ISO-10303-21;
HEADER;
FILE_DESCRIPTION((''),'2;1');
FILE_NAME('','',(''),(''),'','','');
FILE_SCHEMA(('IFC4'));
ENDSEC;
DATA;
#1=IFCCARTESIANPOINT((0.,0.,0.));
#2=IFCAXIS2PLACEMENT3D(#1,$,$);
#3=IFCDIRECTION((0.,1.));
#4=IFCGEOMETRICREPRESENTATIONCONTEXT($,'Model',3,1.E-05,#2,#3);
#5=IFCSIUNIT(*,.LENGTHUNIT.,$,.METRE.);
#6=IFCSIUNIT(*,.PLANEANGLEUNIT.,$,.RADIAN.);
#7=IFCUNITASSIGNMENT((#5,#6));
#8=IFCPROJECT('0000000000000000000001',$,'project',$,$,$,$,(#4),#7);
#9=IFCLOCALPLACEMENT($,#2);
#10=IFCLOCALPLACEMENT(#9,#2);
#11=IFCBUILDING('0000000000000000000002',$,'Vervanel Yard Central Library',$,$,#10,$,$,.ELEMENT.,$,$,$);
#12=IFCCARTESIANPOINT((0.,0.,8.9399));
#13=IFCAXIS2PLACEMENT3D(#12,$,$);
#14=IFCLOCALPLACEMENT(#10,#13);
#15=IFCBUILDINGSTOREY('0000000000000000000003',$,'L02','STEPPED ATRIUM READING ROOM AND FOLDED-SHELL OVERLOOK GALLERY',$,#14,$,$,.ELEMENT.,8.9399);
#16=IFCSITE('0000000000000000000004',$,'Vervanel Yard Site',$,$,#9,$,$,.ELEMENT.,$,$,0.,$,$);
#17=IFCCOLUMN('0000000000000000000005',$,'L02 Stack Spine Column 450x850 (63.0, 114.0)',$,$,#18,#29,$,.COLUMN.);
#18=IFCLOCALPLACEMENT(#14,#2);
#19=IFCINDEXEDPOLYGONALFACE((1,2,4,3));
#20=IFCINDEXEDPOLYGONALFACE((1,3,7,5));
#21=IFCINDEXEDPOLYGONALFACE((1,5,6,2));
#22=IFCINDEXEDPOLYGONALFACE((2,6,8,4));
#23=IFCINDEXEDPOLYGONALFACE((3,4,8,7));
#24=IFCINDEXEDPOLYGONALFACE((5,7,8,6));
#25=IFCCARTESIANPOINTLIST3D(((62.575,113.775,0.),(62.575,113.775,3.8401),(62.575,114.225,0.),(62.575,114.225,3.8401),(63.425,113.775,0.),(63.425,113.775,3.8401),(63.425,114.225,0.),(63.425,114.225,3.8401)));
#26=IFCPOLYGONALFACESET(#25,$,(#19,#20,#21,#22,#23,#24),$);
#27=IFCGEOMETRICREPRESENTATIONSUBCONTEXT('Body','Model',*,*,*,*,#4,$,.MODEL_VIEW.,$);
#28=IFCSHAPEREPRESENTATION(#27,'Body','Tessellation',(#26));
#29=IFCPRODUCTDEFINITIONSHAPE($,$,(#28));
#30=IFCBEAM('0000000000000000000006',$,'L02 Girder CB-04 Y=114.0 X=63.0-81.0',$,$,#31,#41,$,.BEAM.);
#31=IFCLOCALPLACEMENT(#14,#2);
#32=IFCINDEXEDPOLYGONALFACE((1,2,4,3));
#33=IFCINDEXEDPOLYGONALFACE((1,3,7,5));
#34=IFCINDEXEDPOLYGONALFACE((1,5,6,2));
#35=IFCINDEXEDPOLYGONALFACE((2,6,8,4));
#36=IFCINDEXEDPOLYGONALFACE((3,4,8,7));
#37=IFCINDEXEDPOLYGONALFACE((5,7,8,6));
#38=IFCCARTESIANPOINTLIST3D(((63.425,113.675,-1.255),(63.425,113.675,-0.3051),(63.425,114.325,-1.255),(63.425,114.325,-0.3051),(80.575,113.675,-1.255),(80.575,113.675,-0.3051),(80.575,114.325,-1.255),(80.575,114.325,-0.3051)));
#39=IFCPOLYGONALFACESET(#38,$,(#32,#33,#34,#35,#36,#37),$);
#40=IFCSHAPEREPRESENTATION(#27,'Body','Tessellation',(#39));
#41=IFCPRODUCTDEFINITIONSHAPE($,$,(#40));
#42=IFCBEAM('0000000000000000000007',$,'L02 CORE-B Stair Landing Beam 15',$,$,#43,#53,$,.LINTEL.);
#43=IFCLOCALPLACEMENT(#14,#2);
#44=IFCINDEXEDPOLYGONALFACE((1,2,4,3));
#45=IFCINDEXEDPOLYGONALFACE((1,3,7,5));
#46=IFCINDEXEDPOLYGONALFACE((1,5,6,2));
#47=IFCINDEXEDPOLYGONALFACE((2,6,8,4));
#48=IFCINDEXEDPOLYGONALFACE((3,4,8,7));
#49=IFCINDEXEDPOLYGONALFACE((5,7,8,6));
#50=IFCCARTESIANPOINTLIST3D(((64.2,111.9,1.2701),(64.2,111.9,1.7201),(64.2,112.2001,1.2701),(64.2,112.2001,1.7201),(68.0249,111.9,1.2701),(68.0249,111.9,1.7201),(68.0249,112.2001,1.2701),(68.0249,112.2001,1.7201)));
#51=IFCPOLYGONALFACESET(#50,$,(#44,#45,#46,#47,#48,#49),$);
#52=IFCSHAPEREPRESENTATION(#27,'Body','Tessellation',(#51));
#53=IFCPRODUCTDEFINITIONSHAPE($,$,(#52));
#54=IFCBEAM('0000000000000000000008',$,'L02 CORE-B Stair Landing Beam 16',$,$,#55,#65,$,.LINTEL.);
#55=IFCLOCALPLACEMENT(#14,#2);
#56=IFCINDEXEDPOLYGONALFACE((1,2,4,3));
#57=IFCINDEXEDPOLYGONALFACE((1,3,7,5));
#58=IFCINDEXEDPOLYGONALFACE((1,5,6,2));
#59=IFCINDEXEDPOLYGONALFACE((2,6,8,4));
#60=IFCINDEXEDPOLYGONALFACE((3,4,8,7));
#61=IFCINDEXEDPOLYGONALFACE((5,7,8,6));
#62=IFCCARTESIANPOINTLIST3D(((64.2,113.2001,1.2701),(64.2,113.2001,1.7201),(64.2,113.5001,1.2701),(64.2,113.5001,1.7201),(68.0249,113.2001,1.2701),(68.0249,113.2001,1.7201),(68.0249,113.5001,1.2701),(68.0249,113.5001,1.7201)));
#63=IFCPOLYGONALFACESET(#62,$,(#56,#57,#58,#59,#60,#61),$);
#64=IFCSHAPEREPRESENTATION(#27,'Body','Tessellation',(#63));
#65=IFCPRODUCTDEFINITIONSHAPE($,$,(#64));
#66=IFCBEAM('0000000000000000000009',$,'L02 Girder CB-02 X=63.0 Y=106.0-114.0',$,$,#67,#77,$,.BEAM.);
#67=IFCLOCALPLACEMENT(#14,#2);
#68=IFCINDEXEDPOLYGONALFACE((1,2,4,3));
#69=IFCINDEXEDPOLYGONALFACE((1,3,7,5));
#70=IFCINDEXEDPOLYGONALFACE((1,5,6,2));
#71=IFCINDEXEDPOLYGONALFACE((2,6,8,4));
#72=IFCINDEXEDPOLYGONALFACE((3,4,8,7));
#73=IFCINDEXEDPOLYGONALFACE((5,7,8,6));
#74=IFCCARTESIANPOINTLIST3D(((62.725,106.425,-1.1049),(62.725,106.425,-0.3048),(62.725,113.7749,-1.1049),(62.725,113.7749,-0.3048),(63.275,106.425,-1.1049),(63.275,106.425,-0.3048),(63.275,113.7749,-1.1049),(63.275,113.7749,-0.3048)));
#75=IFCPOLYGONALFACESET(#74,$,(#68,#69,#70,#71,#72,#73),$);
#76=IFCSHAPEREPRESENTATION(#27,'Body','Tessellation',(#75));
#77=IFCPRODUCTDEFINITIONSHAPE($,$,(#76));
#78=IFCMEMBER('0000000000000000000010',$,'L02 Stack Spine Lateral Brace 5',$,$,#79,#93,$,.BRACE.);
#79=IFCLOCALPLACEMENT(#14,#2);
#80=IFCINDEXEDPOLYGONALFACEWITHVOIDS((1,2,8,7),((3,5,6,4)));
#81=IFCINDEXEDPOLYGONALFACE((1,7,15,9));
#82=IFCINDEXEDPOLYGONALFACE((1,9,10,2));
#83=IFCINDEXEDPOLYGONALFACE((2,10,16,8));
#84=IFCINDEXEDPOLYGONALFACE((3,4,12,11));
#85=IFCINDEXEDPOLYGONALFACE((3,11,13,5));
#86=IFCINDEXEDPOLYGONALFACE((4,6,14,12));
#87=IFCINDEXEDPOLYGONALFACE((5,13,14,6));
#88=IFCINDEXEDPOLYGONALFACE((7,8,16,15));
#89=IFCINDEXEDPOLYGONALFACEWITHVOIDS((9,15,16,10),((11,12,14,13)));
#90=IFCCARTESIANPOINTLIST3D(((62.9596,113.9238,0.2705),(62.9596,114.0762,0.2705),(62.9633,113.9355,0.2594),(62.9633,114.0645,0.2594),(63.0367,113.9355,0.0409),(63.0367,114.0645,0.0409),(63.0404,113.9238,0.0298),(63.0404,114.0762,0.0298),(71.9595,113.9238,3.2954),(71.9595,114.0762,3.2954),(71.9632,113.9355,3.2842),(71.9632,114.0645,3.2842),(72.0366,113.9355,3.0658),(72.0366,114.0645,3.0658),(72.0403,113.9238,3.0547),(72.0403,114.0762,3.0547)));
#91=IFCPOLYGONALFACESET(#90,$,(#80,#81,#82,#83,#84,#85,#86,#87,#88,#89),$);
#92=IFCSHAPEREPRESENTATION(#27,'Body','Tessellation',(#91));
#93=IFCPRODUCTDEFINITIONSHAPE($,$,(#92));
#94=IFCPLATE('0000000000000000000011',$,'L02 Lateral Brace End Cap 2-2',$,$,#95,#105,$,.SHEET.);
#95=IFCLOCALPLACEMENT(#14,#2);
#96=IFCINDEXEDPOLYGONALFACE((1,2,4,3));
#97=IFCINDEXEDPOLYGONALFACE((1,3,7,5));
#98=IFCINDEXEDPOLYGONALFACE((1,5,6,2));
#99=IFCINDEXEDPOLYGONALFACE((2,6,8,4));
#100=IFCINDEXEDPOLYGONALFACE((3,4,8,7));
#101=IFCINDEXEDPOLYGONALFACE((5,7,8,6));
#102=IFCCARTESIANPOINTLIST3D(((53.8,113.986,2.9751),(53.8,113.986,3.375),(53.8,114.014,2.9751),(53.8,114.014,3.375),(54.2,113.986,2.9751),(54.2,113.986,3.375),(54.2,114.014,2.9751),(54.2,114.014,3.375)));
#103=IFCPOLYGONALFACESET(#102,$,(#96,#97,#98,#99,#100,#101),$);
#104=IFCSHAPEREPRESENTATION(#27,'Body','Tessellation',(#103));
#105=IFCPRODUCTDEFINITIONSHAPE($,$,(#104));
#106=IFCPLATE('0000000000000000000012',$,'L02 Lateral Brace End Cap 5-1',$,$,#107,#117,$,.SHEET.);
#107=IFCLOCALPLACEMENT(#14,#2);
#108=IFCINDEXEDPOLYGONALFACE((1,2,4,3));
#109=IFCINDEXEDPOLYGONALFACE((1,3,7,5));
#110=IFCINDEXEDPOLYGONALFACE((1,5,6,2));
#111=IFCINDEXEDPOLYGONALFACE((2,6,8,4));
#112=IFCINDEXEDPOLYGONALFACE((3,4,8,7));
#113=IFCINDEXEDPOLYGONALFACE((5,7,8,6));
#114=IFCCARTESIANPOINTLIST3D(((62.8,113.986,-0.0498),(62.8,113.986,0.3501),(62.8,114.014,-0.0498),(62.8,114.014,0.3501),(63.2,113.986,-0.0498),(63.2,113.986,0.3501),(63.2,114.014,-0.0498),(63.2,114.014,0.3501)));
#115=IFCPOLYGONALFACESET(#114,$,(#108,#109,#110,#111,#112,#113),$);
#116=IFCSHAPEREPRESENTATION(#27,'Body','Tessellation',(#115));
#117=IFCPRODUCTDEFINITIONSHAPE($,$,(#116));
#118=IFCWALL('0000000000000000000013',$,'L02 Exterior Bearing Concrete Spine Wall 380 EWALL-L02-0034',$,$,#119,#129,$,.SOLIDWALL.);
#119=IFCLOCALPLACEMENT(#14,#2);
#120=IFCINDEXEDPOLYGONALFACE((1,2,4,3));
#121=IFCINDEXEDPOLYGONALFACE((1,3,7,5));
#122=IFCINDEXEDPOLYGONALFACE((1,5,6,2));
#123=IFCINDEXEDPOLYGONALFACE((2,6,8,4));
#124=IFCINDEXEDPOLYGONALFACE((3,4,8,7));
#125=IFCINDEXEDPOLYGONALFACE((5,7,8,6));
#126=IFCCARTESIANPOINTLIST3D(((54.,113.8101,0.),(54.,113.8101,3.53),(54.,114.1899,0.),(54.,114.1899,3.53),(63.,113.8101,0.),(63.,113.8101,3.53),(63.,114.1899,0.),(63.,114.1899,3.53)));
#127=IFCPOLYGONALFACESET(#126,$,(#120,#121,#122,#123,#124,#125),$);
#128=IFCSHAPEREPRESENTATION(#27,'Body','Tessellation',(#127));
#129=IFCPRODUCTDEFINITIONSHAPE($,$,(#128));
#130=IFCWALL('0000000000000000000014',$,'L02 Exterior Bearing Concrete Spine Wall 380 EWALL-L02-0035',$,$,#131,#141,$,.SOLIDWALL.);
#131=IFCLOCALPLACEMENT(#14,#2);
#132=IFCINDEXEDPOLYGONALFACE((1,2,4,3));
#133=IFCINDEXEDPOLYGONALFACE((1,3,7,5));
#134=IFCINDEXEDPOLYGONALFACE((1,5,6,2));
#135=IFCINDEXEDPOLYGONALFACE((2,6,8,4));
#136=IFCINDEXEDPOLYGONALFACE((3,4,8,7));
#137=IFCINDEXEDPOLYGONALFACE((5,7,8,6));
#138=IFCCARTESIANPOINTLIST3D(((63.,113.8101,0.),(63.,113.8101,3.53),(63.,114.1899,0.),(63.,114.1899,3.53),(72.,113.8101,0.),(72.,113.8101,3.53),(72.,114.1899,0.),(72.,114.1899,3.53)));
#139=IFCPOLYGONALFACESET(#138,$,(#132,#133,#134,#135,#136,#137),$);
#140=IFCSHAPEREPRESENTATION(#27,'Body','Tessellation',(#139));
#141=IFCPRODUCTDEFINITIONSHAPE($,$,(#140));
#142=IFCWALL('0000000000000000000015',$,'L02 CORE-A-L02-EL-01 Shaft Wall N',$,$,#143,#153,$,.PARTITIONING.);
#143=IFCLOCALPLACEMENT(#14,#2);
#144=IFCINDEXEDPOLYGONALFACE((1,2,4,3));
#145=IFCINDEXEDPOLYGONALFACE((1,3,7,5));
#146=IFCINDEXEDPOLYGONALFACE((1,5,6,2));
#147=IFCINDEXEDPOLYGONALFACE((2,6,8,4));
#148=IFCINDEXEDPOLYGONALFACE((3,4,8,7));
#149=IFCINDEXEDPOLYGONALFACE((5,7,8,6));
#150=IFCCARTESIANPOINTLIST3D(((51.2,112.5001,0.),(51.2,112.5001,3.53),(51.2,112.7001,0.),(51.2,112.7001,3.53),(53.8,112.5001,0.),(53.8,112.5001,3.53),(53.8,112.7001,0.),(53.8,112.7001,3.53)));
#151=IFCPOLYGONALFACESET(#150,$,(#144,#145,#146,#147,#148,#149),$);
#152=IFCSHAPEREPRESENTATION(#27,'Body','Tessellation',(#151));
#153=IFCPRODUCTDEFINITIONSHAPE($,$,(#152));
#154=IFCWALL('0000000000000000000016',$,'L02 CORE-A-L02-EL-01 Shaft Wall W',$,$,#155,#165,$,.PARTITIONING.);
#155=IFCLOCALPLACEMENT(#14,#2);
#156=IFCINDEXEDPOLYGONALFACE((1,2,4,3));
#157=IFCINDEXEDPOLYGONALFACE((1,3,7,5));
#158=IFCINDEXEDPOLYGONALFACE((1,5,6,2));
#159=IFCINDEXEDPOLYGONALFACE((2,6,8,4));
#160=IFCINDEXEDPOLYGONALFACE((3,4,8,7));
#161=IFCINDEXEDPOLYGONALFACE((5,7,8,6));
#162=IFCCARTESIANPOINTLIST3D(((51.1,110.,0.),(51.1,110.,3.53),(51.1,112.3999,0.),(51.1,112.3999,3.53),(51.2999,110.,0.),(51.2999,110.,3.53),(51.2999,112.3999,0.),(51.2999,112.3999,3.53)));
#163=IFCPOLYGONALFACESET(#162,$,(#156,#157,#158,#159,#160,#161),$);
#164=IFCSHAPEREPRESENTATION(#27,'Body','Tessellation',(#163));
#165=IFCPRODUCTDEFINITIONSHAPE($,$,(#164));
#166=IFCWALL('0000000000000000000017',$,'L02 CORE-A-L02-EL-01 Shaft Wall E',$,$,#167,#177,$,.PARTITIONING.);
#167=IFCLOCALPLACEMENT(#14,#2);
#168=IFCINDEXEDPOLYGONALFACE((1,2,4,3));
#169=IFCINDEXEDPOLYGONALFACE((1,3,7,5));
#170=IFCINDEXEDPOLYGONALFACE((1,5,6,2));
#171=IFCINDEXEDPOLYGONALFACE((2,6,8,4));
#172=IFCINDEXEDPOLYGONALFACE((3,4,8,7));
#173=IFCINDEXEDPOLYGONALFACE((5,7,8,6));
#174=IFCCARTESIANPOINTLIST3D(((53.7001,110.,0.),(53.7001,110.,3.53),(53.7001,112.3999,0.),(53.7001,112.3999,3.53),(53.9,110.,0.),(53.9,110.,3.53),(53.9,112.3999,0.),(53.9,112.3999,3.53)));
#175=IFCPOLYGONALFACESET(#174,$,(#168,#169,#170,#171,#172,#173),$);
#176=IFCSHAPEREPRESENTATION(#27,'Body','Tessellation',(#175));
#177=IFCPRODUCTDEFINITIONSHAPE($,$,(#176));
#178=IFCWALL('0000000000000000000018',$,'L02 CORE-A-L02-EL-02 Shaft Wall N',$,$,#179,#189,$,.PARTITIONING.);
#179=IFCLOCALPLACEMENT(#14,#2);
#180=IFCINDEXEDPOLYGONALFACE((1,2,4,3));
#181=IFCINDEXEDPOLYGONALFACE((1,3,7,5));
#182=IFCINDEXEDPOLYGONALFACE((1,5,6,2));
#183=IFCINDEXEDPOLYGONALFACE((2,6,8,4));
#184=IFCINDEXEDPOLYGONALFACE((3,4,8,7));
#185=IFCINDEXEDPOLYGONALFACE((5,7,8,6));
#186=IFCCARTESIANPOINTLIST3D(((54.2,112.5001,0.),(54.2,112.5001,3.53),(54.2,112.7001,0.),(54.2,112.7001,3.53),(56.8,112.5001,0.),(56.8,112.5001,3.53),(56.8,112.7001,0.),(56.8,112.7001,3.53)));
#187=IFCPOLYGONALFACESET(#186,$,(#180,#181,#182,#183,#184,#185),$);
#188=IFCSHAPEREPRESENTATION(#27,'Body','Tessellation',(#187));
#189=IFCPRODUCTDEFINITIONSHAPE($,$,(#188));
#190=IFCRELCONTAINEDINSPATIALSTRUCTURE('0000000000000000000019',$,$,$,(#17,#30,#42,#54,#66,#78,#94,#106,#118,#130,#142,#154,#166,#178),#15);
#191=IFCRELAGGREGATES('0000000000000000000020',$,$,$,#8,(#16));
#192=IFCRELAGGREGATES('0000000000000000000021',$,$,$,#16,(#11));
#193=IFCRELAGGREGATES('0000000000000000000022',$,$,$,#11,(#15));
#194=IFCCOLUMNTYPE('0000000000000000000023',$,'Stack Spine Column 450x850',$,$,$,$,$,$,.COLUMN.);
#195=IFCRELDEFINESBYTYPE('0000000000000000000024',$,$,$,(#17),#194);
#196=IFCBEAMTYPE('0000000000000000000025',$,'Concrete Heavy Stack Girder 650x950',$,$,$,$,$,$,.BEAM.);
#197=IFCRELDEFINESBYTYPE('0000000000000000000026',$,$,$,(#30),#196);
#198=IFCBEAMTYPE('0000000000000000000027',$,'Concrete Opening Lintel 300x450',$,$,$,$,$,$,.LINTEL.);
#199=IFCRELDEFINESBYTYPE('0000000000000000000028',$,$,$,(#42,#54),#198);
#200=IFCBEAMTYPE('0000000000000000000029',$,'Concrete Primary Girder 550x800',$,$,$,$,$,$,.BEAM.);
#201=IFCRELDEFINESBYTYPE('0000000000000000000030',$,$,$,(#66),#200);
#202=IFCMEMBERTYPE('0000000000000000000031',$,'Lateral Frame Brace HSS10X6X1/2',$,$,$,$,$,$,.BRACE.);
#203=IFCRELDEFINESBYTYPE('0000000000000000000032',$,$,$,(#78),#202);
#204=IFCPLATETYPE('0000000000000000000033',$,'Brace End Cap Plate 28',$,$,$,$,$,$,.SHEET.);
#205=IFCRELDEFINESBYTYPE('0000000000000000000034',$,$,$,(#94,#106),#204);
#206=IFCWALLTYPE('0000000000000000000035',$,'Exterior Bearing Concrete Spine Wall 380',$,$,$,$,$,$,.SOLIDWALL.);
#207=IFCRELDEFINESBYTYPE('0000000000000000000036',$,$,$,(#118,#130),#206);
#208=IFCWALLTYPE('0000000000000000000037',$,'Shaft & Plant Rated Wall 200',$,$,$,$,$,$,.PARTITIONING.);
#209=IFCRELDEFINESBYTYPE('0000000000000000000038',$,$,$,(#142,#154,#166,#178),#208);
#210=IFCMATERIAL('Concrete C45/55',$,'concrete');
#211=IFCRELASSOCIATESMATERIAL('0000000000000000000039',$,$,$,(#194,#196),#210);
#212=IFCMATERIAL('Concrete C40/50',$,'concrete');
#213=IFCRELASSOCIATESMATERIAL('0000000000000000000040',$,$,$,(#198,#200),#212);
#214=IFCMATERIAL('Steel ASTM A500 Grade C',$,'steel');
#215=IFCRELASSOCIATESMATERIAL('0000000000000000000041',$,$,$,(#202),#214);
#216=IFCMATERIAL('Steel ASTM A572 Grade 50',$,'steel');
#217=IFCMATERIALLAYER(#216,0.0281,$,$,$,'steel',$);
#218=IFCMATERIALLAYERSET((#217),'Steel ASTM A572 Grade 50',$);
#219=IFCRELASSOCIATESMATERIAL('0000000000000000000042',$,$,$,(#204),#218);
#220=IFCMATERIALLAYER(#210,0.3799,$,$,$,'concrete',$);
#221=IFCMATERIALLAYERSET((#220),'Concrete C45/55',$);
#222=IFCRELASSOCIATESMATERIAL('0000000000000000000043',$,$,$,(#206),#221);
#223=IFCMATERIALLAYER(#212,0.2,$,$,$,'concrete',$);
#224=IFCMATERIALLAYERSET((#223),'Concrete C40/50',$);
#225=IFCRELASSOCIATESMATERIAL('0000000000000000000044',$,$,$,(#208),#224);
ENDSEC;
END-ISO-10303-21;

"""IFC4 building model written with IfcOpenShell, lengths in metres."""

from ifc_helpers import new_model, si_unit, direction, frame, frame_2d, origin, origin_2d, place, context, subcontext, project, spatial, rectangle, hollow_rectangle, extrude, material, layer, layer_set, material_profile, profile_set, type_object, element, save


model = new_model("IFC4")

# Units and contexts
model_context = context("Model", 3, precision=1e-05, world=origin(), true_north=direction((0.0, 1.0)))
body_context = subcontext(model_context, "Body", "Model", "MODEL_VIEW")
ifc_project = project(units=[si_unit("LENGTHUNIT", "METRE"), si_unit("PLANEANGLEUNIT", "RADIAN")], contexts=[model_context])

# Site, building, storey
site_placement = place(None, origin())
site = spatial("IfcSite", under=ifc_project, at=site_placement, Name="Vervanel Yard Site", CompositionType="ELEMENT", RefElevation=0.0)
building_placement = place(site_placement, origin())
building = spatial("IfcBuilding", under=site, at=building_placement, Name="Vervanel Yard Central Library", CompositionType="ELEMENT")
storey_placement = place(building_placement, frame((0.0, 0.0, 8.9399)))
storey = spatial("IfcBuildingStorey", under=building, at=storey_placement, Name="L02", Description="STEPPED ATRIUM READING ROOM AND FOLDED-SHELL OVERLOOK GALLERY", CompositionType="ELEMENT", Elevation=8.9399)

# Column
ifc_material_1 = material(Name="Concrete C45/55", Category="concrete")
ifc_material_profile_1 = material_profile(ifc_material_1, rectangle(XDim=0.45, YDim=0.8501, at=origin_2d()), Name="RC 450x850", Category="concrete")
ifc_profile_set_1 = profile_set([ifc_material_profile_1], Name="Concrete C45/55")
column_type = type_object("IfcColumnType", Name="Stack Spine Column 450x850", PredefinedType="COLUMN", material=ifc_profile_set_1)
column_placement = place(storey_placement, frame((63.0, 114.0, 0.0), z_axis=(0.0, 0.0, 1.0), x_axis=(0.0, 1.0, 0.0)))
element("IfcColumn", 1, at=column_placement, inside=storey, type_object=column_type, Name="L02 Stack Spine Column 450x850 (63.0, 114.0)", PredefinedType="COLUMN", context=body_context, shape_type="SweptSolid", body=[
    extrude(rectangle(XDim=0.45, YDim=0.8501, at=origin_2d()), origin(), (0.0, 0.0, 1.0), 3.8401),
])

# Beams
ifc_material_profile_2 = material_profile(ifc_material_1, rectangle(XDim=0.6499, YDim=0.95, at=origin_2d()), Name="RC 650x950", Category="concrete")
ifc_profile_set_2 = profile_set([ifc_material_profile_2], Name="Concrete C45/55")
beam_type_1 = type_object("IfcBeamType", Name="Concrete Heavy Stack Girder 650x950", PredefinedType="BEAM", material=ifc_profile_set_2)
beam_1_placement = place(storey_placement, frame((63.425, 114.0, -0.78), z_axis=(1.0, 0.0, 0.0), x_axis=(0.0, 1.0, 0.0)))
element("IfcBeam", 2, at=beam_1_placement, inside=storey, type_object=beam_type_1, Name="L02 Girder CB-04 Y=114.0 X=63.0-81.0", PredefinedType="BEAM", context=body_context, shape_type="SweptSolid", body=[
    extrude(rectangle(XDim=0.6499, YDim=0.95, at=origin_2d()), origin(), (0.0, 0.0, 1.0), 17.1499),
])
ifc_material_2 = material(Name="Concrete C40/50", Category="concrete")
ifc_material_profile_3 = material_profile(ifc_material_2, rectangle(XDim=0.3, YDim=0.45, at=origin_2d()), Name="RC 300x450", Category="concrete")
ifc_profile_set_3 = profile_set([ifc_material_profile_3], Name="Concrete C40/50")
beam_type_2 = type_object("IfcBeamType", Name="Concrete Opening Lintel 300x450", PredefinedType="LINTEL", material=ifc_profile_set_3)
for number, where, z_axis, x_axis, name in (
    (3, (64.2, 112.05, 1.4951), (1.0, 0.0, 0.0), (0.0, 1.0, 0.0), "L02 CORE-B Stair Landing Beam 15"),
    (4, (64.2, 113.3501, 1.4951), (1.0, 0.0, 0.0), (0.0, 1.0, 0.0), "L02 CORE-B Stair Landing Beam 16"),
):
    element("IfcBeam", number, at=place(storey_placement, frame(where, z_axis=z_axis, x_axis=x_axis)), inside=storey, type_object=beam_type_2, Name=name, PredefinedType="LINTEL", context=body_context, shape_type="SweptSolid", body=[
        extrude(rectangle(XDim=0.3, YDim=0.45, at=origin_2d()), origin(), (0.0, 0.0, 1.0), 3.825),
    ])
ifc_material_profile_4 = material_profile(ifc_material_2, rectangle(XDim=0.55, YDim=0.8, at=origin_2d()), Name="RC 550x800", Category="concrete")
ifc_profile_set_4 = profile_set([ifc_material_profile_4], Name="Concrete C40/50")
beam_type_3 = type_object("IfcBeamType", Name="Concrete Primary Girder 550x800", PredefinedType="BEAM", material=ifc_profile_set_4)
beam_2_placement = place(storey_placement, frame((63.0, 106.425, -0.7048), z_axis=(0.0, 1.0, 0.0), x_axis=(-1.0, 0.0, 0.0)))
element("IfcBeam", 5, at=beam_2_placement, inside=storey, type_object=beam_type_3, Name="L02 Girder CB-02 X=63.0 Y=106.0-114.0", PredefinedType="BEAM", context=body_context, shape_type="SweptSolid", body=[
    extrude(rectangle(XDim=0.55, YDim=0.8, at=origin_2d()), origin(), (0.0, 0.0, 1.0), 7.3499),
])

# Member
ifc_material_3 = material(Name="Steel ASTM A500 Grade C", Category="steel")
ifc_material_profile_5 = material_profile(ifc_material_3, hollow_rectangle(XDim=0.1523, YDim=0.2539, WallThickness=0.0117, at=origin_2d()), Name="HSS10X6X1/2", Category="steel")
ifc_profile_set_5 = profile_set([ifc_material_profile_5], Name="Steel ASTM A500 Grade C")
member_type = type_object("IfcMemberType", Name="Lateral Frame Brace HSS10X6X1/2", PredefinedType="BRACE", material=ifc_profile_set_5)
member_placement = place(storey_placement, frame((63.0, 114.0, 0.1501), z_axis=(0.947894, 0.0, 0.318587), x_axis=(0.0, 1.0, 0.0)))
element("IfcMember", 6, at=member_placement, inside=storey, type_object=member_type, Name="L02 Stack Spine Lateral Brace 5", PredefinedType="BRACE", context=body_context, shape_type="SweptSolid", body=[
    extrude(hollow_rectangle(XDim=0.1523, YDim=0.2539, WallThickness=0.0117, at=origin_2d()), origin(), (0.0, 0.0, 1.0), 9.4946),
])

# Plates
ifc_material_4 = material(Name="Steel ASTM A572 Grade 50", Category="steel")
ifc_layer_1 = layer(ifc_material_4, 0.0281, Category="steel")
ifc_layer_set_1 = layer_set([ifc_layer_1], Name="Steel ASTM A572 Grade 50")
plate_type = type_object("IfcPlateType", Name="Brace End Cap Plate 28", PredefinedType="SHEET", material=ifc_layer_set_1)
for number, where, z_axis, x_axis, name in (
    (7, (54.0, 114.0, 2.9751), (0.0, 0.0, 1.0), (1.0, 0.0, 0.0), "L02 Lateral Brace End Cap 2-2"),
    (8, (63.0, 114.0, -0.0498), (0.0, 0.0, 1.0), (1.0, 0.0, 0.0), "L02 Lateral Brace End Cap 5-1"),
):
    element("IfcPlate", number, at=place(storey_placement, frame(where, z_axis=z_axis, x_axis=x_axis)), inside=storey, type_object=plate_type, Name=name, PredefinedType="SHEET", context=body_context, shape_type="SweptSolid", body=[
        extrude(rectangle(XDim=0.3999, YDim=0.0281, at=origin_2d()), origin(), (0.0, 0.0, 1.0), 0.3999),
    ])

# Walls
ifc_layer_2 = layer(ifc_material_1, 0.3799, Category="concrete")
ifc_layer_set_2 = layer_set([ifc_layer_2], Name="Concrete C45/55")
wall_type_1 = type_object("IfcWallType", Name="Exterior Bearing Concrete Spine Wall 380", PredefinedType="SOLIDWALL", material=ifc_layer_set_2)
for number, where, z_axis, x_axis, name in (
    (9, (54.0, 114.0, 0.0), (0.0, 0.0, 1.0), (1.0, 0.0, 0.0), "L02 Exterior Bearing Concrete Spine Wall 380 EWALL-L02-0034"),
    (10, (63.0, 114.0, 0.0), (0.0, 0.0, 1.0), (1.0, 0.0, 0.0), "L02 Exterior Bearing Concrete Spine Wall 380 EWALL-L02-0035"),
):
    element("IfcWall", number, at=place(storey_placement, frame(where, z_axis=z_axis, x_axis=x_axis)), inside=storey, type_object=wall_type_1, Name=name, PredefinedType="SOLIDWALL", context=body_context, shape_type="SweptSolid", body=[
        extrude(rectangle(XDim=9.0, YDim=0.3799, at=frame_2d((4.5, 0.0))), origin(), (0.0, 0.0, 1.0), 3.53),
    ])
ifc_layer_3 = layer(ifc_material_2, 0.2, Category="concrete")
ifc_layer_set_3 = layer_set([ifc_layer_3], Name="Concrete C40/50")
wall_type_2 = type_object("IfcWallType", Name="Shaft & Plant Rated Wall 200", PredefinedType="PARTITIONING", material=ifc_layer_set_3)
wall_1_placement = place(storey_placement, frame((51.2, 112.6001, 0.0), z_axis=(0.0, 0.0, 1.0), x_axis=(1.0, 0.0, 0.0)))
element("IfcWall", 11, at=wall_1_placement, inside=storey, type_object=wall_type_2, Name="L02 CORE-A-L02-EL-01 Shaft Wall N", PredefinedType="PARTITIONING", context=body_context, shape_type="SweptSolid", body=[
    extrude(rectangle(XDim=2.6001, YDim=0.2, at=frame_2d((1.3, 0.0))), origin(), (0.0, 0.0, 1.0), 3.53),
])
for number, where, z_axis, x_axis, name in (
    (12, (51.2, 110.0, 0.0), (0.0, 0.0, 1.0), (0.0, 1.0, 0.0), "L02 CORE-A-L02-EL-01 Shaft Wall W"),
    (13, (53.8, 110.0, 0.0), (0.0, 0.0, 1.0), (0.0, 1.0, 0.0), "L02 CORE-A-L02-EL-01 Shaft Wall E"),
):
    element("IfcWall", number, at=place(storey_placement, frame(where, z_axis=z_axis, x_axis=x_axis)), inside=storey, type_object=wall_type_2, Name=name, PredefinedType="PARTITIONING", context=body_context, shape_type="SweptSolid", body=[
        extrude(rectangle(XDim=2.3999, YDim=0.2, at=frame_2d((1.2, 0.0))), origin(), (0.0, 0.0, 1.0), 3.53),
    ])

# Wall
wall_2_placement = place(storey_placement, frame((54.2, 112.6001, 0.0), z_axis=(0.0, 0.0, 1.0), x_axis=(1.0, 0.0, 0.0)))
element("IfcWall", 14, at=wall_2_placement, inside=storey, type_object=wall_type_2, Name="L02 CORE-A-L02-EL-02 Shaft Wall N", PredefinedType="PARTITIONING", context=body_context, shape_type="SweptSolid", body=[
    extrude(rectangle(XDim=2.6001, YDim=0.2, at=frame_2d((1.3, 0.0))), origin(), (0.0, 0.0, 1.0), 3.53),
])

save(model, "model.ifc")
